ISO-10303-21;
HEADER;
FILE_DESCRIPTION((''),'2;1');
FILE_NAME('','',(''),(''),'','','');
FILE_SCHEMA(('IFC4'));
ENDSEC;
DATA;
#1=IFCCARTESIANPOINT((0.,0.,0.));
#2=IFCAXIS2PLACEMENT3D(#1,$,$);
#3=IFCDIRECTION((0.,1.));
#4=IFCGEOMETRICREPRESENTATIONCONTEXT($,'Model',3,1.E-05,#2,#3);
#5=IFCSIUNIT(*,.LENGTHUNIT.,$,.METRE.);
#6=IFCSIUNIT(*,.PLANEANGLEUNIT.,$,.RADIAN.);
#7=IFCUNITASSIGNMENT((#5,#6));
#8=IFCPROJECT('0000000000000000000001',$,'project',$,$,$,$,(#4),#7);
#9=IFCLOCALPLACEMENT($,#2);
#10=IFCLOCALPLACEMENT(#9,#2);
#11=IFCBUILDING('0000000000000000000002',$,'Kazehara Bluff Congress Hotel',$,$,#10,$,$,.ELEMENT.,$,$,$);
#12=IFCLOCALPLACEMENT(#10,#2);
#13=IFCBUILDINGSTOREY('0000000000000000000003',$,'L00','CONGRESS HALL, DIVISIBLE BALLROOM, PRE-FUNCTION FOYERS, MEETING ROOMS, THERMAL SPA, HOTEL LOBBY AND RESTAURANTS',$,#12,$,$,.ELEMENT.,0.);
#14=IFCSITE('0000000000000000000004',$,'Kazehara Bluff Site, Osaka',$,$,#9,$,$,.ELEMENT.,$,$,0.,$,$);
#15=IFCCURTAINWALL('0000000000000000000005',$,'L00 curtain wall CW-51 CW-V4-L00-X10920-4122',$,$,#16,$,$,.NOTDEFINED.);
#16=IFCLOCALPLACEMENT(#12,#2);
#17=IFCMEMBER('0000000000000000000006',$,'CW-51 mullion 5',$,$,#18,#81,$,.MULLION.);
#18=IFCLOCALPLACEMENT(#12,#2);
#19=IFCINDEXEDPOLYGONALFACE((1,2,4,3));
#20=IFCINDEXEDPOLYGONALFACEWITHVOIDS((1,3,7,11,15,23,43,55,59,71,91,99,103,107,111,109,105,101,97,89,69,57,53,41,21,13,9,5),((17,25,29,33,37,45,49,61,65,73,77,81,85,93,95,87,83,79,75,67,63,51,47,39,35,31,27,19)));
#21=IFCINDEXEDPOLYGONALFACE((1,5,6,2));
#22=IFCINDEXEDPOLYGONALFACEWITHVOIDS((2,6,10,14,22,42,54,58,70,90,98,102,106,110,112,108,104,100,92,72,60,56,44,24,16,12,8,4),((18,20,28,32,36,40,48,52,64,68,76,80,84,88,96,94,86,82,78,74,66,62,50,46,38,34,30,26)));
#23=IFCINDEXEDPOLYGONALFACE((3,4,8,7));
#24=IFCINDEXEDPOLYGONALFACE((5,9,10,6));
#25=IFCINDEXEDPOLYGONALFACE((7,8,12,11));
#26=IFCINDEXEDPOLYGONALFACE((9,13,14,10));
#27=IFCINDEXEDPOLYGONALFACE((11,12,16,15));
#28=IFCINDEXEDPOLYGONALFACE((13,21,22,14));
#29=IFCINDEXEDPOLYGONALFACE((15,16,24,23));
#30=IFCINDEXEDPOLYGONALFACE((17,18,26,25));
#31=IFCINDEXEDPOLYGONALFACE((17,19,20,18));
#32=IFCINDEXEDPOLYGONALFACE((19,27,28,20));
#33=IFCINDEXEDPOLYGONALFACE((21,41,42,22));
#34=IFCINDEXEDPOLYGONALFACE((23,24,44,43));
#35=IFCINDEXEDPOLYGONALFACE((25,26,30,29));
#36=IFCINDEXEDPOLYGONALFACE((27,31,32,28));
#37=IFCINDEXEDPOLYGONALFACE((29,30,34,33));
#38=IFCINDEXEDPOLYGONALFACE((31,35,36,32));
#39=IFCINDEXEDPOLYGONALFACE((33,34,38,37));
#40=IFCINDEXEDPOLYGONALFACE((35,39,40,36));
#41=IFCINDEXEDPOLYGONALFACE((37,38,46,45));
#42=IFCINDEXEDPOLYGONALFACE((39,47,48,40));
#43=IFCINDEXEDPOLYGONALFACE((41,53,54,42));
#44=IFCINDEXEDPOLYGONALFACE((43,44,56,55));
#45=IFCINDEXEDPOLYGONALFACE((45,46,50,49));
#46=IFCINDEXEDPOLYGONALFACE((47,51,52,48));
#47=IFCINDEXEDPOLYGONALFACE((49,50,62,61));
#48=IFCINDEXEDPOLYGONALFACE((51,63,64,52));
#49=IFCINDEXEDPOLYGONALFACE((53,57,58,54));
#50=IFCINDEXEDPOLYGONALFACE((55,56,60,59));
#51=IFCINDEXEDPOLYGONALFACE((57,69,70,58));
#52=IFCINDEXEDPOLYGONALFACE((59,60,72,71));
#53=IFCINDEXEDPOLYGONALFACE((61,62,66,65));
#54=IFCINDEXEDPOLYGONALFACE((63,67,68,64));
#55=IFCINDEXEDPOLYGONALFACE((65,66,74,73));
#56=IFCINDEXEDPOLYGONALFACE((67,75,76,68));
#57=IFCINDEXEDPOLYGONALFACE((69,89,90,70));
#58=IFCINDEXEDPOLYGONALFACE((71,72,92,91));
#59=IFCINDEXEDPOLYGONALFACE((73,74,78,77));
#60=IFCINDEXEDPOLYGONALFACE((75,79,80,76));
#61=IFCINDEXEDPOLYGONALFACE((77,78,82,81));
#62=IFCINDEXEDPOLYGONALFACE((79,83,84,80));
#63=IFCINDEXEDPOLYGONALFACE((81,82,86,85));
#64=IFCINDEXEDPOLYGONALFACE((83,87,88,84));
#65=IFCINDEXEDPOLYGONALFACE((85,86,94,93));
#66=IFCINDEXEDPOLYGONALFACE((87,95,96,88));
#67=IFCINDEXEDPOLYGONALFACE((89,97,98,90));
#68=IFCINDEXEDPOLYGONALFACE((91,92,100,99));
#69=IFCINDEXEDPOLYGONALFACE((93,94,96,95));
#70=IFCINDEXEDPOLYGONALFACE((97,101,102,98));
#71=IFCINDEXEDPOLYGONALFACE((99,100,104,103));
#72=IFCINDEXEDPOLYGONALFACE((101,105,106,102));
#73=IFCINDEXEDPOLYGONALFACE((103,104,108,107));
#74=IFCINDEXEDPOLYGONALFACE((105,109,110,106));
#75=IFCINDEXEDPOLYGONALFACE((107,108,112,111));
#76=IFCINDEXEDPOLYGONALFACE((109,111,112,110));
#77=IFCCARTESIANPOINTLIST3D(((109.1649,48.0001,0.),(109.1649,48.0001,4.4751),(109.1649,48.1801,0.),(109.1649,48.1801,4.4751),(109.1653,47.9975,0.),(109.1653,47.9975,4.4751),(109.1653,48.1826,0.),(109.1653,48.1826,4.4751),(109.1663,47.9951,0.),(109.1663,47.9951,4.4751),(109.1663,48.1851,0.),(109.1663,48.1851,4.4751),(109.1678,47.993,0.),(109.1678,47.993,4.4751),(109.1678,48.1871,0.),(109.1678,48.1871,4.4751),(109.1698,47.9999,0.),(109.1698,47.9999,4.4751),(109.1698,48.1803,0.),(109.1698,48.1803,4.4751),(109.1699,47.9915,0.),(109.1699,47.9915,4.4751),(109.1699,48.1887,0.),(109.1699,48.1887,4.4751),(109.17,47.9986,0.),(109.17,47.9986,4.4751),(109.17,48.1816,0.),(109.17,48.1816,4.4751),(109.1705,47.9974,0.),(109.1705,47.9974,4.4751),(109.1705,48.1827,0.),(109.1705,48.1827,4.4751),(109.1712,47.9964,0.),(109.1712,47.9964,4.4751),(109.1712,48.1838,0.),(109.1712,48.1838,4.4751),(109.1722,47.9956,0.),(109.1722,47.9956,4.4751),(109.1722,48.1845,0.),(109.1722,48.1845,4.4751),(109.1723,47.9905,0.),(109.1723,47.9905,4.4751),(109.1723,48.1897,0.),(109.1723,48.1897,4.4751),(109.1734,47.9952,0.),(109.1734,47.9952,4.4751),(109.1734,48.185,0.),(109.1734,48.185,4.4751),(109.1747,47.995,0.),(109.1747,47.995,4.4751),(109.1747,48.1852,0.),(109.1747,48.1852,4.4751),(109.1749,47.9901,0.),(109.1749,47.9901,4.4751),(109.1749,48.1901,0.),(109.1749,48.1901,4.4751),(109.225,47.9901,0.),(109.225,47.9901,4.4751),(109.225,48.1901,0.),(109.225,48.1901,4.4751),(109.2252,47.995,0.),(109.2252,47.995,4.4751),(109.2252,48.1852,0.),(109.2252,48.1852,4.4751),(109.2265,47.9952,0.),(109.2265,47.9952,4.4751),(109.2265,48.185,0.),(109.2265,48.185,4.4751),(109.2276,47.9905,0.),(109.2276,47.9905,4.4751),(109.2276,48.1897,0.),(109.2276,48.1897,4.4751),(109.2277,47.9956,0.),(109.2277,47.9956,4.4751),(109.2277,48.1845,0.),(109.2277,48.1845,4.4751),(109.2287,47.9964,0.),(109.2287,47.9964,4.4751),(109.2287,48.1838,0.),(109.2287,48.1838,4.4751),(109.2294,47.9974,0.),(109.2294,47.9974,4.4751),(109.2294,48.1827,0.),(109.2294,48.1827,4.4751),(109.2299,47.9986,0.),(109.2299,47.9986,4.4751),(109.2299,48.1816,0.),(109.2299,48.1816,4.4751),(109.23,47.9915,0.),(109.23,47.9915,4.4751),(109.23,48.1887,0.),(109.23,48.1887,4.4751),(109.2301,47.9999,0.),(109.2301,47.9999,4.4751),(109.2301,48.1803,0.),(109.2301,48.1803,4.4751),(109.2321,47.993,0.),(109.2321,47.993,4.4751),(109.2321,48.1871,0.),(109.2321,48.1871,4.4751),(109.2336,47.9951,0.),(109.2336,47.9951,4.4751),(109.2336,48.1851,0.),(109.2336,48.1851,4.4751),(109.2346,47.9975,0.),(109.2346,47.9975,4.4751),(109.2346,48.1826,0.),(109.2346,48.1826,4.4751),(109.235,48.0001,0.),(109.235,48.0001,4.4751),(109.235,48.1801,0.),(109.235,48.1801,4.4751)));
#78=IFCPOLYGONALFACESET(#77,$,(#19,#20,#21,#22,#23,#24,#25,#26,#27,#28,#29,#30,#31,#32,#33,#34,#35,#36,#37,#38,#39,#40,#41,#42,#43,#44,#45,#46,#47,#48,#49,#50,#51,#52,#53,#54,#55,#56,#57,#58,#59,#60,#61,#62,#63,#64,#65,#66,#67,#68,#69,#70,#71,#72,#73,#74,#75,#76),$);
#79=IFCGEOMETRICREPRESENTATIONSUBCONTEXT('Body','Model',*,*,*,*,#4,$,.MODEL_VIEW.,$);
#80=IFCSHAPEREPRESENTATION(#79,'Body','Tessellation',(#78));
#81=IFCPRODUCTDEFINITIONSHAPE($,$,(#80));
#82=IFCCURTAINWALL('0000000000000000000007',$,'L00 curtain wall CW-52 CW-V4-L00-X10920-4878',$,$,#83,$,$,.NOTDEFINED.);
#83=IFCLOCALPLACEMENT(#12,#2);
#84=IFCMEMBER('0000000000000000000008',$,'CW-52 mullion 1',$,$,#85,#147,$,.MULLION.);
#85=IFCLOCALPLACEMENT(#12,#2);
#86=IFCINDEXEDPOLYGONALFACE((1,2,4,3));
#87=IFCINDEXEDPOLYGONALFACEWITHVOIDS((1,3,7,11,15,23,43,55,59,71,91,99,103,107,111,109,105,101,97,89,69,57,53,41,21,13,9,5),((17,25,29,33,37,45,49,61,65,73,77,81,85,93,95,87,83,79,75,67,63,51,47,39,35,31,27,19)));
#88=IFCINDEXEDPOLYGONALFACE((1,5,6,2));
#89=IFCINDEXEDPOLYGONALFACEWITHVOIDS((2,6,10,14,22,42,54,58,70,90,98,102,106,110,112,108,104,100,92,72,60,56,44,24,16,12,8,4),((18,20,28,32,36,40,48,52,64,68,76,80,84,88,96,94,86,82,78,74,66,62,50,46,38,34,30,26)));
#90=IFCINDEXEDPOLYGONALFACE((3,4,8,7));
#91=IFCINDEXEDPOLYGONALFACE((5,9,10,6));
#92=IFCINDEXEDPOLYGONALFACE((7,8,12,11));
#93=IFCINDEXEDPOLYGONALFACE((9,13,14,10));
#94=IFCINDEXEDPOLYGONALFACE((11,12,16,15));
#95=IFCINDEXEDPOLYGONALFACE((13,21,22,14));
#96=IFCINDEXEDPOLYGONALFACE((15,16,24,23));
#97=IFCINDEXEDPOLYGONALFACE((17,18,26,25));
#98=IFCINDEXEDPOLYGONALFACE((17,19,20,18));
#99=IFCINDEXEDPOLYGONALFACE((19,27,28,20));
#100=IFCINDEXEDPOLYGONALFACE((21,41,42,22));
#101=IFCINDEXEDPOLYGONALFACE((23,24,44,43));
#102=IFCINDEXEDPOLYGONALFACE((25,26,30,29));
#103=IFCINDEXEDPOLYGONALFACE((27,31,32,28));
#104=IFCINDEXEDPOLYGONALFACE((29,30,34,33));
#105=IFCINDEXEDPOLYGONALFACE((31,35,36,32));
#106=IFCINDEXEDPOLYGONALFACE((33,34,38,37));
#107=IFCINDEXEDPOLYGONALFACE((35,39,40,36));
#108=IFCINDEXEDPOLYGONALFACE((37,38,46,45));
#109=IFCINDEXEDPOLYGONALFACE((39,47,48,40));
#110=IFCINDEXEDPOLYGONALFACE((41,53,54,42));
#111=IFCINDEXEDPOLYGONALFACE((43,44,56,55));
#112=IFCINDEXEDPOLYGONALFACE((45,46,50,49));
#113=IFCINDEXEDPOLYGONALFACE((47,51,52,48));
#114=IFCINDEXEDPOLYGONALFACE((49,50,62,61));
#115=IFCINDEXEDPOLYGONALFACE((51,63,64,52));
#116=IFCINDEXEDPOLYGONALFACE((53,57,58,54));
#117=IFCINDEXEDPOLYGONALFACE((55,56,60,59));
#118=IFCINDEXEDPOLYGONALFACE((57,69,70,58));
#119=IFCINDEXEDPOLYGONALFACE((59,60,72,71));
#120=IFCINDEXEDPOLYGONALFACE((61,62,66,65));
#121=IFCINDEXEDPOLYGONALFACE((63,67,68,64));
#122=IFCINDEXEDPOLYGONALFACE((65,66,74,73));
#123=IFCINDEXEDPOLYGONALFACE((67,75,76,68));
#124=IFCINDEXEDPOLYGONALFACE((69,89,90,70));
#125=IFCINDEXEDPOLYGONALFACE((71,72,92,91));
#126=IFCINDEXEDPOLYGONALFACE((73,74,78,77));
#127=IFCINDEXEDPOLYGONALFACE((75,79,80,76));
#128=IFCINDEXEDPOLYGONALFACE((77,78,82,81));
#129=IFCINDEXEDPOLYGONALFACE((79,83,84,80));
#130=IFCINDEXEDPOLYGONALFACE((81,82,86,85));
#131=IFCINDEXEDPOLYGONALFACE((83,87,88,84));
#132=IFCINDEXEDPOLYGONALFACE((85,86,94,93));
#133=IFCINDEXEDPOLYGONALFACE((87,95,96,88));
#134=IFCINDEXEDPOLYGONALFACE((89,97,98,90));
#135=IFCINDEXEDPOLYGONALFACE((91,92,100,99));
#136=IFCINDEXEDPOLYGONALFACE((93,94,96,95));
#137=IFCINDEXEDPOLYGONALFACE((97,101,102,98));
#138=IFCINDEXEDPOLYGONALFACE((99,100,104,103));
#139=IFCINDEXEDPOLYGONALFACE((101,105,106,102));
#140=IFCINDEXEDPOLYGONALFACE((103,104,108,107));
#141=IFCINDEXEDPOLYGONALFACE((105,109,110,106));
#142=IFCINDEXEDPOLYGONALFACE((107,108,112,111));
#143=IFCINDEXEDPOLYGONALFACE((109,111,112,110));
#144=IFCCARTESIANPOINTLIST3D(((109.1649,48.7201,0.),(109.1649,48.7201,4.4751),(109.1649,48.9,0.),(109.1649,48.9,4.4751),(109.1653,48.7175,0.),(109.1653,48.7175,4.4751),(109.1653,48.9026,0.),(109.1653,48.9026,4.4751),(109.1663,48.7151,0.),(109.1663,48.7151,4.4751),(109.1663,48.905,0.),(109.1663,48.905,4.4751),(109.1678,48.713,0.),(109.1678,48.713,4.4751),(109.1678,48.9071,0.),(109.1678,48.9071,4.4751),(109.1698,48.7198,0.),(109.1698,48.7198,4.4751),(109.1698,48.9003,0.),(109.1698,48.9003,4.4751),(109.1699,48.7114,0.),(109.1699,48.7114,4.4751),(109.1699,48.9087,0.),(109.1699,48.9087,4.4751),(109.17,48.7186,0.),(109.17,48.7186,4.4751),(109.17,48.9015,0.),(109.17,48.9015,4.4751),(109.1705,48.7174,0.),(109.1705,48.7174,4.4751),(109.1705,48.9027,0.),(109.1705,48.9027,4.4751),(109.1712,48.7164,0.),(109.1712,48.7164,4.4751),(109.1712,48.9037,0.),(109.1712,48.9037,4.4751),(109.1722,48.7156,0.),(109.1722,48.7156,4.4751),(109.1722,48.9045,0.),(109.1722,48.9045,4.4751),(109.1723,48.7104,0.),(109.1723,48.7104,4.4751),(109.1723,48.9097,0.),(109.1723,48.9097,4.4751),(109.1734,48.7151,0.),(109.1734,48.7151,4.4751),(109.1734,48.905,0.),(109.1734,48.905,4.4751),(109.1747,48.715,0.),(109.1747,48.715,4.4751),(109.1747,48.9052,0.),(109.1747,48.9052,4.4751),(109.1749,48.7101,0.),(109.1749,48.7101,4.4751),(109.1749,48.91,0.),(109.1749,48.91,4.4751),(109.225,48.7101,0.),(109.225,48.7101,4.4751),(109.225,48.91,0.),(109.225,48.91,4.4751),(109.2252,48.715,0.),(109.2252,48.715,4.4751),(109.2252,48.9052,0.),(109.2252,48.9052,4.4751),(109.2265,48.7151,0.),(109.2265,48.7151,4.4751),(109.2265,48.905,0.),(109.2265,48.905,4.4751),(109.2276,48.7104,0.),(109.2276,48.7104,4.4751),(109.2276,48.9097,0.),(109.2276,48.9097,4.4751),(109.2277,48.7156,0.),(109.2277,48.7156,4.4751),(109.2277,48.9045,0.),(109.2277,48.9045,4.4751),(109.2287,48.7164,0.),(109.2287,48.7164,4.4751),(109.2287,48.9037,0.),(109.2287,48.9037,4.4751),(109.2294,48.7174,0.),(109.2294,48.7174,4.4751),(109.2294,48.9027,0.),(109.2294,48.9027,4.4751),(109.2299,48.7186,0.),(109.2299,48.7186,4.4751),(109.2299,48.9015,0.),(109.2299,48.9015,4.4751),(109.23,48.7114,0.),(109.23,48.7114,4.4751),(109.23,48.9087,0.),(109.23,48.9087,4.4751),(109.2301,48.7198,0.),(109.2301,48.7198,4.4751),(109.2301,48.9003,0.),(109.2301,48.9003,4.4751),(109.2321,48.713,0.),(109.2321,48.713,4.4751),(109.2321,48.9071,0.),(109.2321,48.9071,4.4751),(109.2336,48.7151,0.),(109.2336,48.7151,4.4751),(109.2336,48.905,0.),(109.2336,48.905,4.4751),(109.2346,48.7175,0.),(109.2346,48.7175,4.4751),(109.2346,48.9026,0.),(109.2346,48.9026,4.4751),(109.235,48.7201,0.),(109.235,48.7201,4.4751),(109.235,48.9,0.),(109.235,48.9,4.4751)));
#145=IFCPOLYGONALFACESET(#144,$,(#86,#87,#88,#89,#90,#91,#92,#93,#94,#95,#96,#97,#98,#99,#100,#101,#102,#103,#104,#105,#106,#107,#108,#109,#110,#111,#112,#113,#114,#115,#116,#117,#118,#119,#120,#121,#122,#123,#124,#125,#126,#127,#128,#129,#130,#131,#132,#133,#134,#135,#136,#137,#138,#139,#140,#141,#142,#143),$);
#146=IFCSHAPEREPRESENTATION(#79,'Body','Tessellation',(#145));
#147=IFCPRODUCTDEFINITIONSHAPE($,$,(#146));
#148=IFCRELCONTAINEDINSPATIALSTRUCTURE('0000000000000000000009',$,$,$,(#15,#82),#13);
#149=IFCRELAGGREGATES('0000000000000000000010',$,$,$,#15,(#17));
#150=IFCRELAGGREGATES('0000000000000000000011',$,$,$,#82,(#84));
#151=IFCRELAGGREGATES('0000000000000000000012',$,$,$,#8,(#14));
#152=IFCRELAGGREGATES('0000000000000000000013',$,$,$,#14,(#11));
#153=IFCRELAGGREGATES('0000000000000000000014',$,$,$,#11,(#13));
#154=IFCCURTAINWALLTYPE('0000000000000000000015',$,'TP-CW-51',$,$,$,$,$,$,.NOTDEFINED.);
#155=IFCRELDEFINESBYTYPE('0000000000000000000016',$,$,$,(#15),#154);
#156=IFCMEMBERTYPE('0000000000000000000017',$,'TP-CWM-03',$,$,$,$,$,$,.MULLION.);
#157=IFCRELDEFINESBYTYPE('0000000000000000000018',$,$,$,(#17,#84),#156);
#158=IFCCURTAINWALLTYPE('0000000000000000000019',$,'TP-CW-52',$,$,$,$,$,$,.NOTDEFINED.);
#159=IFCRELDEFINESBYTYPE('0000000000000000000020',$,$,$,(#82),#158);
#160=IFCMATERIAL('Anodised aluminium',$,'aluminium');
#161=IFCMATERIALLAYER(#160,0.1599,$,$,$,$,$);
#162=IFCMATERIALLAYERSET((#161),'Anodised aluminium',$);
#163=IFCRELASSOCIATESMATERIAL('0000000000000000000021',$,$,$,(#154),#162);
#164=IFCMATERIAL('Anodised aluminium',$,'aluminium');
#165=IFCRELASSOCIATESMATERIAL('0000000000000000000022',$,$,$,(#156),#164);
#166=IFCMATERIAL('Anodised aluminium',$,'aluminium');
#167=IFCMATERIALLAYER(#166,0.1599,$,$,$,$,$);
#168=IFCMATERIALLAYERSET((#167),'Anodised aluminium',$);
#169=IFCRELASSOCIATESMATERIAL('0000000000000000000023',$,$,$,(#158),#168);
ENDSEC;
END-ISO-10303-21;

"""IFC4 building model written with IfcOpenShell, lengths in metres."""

from ifc_helpers import new_model, si_unit, direction, frame, origin, origin_2d, place, context, subcontext, project, spatial, hollow_rectangle, extrude, material, layer, layer_set, material_profile, profile_set, type_object, element, aggregate, save


model = new_model("IFC4")

# Units and contexts
model_context = context("Model", 3, precision=1e-05, world=origin(), true_north=direction((0.0, 1.0)))
body_context = subcontext(model_context, "Body", "Model", "MODEL_VIEW")
ifc_project = project(units=[si_unit("LENGTHUNIT", "METRE"), si_unit("PLANEANGLEUNIT", "RADIAN")], contexts=[model_context])

# Site, building, storey
site_placement = place(None, origin())
site = spatial("IfcSite", under=ifc_project, at=site_placement, Name="Kazehara Bluff Site, Osaka", CompositionType="ELEMENT", RefElevation=0.0)
building_placement = place(site_placement, origin())
building = spatial("IfcBuilding", under=site, at=building_placement, Name="Kazehara Bluff Congress Hotel", CompositionType="ELEMENT")
storey_placement = place(building_placement, origin())
storey = spatial("IfcBuildingStorey", under=building, at=storey_placement, Name="L00", Description="CONGRESS HALL, DIVISIBLE BALLROOM, PRE-FUNCTION FOYERS, MEETING ROOMS, THERMAL SPA, HOTEL LOBBY AND RESTAURANTS", CompositionType="ELEMENT", Elevation=0.0)

# Curtain walls, members
ifc_material_1 = material(Name="Anodised aluminium", Category="aluminium")
ifc_layer_1 = layer(ifc_material_1, 0.1599)
ifc_layer_set_1 = layer_set([ifc_layer_1], Name="Anodised aluminium")
curtain_wall_type_1 = type_object("IfcCurtainWallType", Name="TP-CW-51", PredefinedType="NOTDEFINED", material=ifc_layer_set_1)
curtain_wall_1_placement = place(storey_placement, origin())
curtain_wall_1 = element("IfcCurtainWall", 1, at=curtain_wall_1_placement, inside=storey, type_object=curtain_wall_type_1, Name="L00 curtain wall CW-51 CW-V4-L00-X10920-4122", PredefinedType="NOTDEFINED")
ifc_material_2 = material(Name="Anodised aluminium", Category="aluminium")
ifc_material_profile_1 = material_profile(ifc_material_2, hollow_rectangle(XDim=0.0701, YDim=0.2, WallThickness=0.0049, InnerFilletRadius=0.0049, OuterFilletRadius=0.01, at=origin_2d()))
ifc_profile_set_1 = profile_set([ifc_material_profile_1], Name="Anodised aluminium")
member_type_1 = type_object("IfcMemberType", Name="TP-CWM-03", PredefinedType="MULLION", material=ifc_profile_set_1)
member_1_placement = place(storey_placement, frame((109.2, 48.0901, 0.0), z_axis=(0.0, 0.0, 1.0), x_axis=(-1.0, 0.0, 0.0)))
member_1 = element("IfcMember", 2, at=member_1_placement, type_object=member_type_1, Name="CW-51 mullion 5", PredefinedType="MULLION", context=body_context, shape_type="SweptSolid", body=[
    extrude(hollow_rectangle(XDim=0.0701, YDim=0.2, WallThickness=0.0049, InnerFilletRadius=0.0049, OuterFilletRadius=0.01, at=origin_2d()), origin(), (0.0, 0.0, 1.0), 4.4751),
])
ifc_material_3 = material(Name="Anodised aluminium", Category="aluminium")
ifc_layer_2 = layer(ifc_material_3, 0.1599)
ifc_layer_set_2 = layer_set([ifc_layer_2], Name="Anodised aluminium")
curtain_wall_type_2 = type_object("IfcCurtainWallType", Name="TP-CW-52", PredefinedType="NOTDEFINED", material=ifc_layer_set_2)
curtain_wall_2_placement = place(storey_placement, origin())
curtain_wall_2 = element("IfcCurtainWall", 3, at=curtain_wall_2_placement, inside=storey, type_object=curtain_wall_type_2, Name="L00 curtain wall CW-52 CW-V4-L00-X10920-4878", PredefinedType="NOTDEFINED")
member_2_placement = place(storey_placement, frame((109.2, 48.8101, 0.0), z_axis=(0.0, 0.0, 1.0), x_axis=(-1.0, 0.0, 0.0)))
member_2 = element("IfcMember", 4, at=member_2_placement, type_object=member_type_1, Name="CW-52 mullion 1", PredefinedType="MULLION", context=body_context, shape_type="SweptSolid", body=[
    extrude(hollow_rectangle(XDim=0.0701, YDim=0.2, WallThickness=0.0049, InnerFilletRadius=0.0049, OuterFilletRadius=0.01, at=origin_2d()), origin(), (0.0, 0.0, 1.0), 4.4751),
])

aggregate(curtain_wall_1, [member_1])
aggregate(curtain_wall_2, [member_2])

save(model, "model.ifc")
